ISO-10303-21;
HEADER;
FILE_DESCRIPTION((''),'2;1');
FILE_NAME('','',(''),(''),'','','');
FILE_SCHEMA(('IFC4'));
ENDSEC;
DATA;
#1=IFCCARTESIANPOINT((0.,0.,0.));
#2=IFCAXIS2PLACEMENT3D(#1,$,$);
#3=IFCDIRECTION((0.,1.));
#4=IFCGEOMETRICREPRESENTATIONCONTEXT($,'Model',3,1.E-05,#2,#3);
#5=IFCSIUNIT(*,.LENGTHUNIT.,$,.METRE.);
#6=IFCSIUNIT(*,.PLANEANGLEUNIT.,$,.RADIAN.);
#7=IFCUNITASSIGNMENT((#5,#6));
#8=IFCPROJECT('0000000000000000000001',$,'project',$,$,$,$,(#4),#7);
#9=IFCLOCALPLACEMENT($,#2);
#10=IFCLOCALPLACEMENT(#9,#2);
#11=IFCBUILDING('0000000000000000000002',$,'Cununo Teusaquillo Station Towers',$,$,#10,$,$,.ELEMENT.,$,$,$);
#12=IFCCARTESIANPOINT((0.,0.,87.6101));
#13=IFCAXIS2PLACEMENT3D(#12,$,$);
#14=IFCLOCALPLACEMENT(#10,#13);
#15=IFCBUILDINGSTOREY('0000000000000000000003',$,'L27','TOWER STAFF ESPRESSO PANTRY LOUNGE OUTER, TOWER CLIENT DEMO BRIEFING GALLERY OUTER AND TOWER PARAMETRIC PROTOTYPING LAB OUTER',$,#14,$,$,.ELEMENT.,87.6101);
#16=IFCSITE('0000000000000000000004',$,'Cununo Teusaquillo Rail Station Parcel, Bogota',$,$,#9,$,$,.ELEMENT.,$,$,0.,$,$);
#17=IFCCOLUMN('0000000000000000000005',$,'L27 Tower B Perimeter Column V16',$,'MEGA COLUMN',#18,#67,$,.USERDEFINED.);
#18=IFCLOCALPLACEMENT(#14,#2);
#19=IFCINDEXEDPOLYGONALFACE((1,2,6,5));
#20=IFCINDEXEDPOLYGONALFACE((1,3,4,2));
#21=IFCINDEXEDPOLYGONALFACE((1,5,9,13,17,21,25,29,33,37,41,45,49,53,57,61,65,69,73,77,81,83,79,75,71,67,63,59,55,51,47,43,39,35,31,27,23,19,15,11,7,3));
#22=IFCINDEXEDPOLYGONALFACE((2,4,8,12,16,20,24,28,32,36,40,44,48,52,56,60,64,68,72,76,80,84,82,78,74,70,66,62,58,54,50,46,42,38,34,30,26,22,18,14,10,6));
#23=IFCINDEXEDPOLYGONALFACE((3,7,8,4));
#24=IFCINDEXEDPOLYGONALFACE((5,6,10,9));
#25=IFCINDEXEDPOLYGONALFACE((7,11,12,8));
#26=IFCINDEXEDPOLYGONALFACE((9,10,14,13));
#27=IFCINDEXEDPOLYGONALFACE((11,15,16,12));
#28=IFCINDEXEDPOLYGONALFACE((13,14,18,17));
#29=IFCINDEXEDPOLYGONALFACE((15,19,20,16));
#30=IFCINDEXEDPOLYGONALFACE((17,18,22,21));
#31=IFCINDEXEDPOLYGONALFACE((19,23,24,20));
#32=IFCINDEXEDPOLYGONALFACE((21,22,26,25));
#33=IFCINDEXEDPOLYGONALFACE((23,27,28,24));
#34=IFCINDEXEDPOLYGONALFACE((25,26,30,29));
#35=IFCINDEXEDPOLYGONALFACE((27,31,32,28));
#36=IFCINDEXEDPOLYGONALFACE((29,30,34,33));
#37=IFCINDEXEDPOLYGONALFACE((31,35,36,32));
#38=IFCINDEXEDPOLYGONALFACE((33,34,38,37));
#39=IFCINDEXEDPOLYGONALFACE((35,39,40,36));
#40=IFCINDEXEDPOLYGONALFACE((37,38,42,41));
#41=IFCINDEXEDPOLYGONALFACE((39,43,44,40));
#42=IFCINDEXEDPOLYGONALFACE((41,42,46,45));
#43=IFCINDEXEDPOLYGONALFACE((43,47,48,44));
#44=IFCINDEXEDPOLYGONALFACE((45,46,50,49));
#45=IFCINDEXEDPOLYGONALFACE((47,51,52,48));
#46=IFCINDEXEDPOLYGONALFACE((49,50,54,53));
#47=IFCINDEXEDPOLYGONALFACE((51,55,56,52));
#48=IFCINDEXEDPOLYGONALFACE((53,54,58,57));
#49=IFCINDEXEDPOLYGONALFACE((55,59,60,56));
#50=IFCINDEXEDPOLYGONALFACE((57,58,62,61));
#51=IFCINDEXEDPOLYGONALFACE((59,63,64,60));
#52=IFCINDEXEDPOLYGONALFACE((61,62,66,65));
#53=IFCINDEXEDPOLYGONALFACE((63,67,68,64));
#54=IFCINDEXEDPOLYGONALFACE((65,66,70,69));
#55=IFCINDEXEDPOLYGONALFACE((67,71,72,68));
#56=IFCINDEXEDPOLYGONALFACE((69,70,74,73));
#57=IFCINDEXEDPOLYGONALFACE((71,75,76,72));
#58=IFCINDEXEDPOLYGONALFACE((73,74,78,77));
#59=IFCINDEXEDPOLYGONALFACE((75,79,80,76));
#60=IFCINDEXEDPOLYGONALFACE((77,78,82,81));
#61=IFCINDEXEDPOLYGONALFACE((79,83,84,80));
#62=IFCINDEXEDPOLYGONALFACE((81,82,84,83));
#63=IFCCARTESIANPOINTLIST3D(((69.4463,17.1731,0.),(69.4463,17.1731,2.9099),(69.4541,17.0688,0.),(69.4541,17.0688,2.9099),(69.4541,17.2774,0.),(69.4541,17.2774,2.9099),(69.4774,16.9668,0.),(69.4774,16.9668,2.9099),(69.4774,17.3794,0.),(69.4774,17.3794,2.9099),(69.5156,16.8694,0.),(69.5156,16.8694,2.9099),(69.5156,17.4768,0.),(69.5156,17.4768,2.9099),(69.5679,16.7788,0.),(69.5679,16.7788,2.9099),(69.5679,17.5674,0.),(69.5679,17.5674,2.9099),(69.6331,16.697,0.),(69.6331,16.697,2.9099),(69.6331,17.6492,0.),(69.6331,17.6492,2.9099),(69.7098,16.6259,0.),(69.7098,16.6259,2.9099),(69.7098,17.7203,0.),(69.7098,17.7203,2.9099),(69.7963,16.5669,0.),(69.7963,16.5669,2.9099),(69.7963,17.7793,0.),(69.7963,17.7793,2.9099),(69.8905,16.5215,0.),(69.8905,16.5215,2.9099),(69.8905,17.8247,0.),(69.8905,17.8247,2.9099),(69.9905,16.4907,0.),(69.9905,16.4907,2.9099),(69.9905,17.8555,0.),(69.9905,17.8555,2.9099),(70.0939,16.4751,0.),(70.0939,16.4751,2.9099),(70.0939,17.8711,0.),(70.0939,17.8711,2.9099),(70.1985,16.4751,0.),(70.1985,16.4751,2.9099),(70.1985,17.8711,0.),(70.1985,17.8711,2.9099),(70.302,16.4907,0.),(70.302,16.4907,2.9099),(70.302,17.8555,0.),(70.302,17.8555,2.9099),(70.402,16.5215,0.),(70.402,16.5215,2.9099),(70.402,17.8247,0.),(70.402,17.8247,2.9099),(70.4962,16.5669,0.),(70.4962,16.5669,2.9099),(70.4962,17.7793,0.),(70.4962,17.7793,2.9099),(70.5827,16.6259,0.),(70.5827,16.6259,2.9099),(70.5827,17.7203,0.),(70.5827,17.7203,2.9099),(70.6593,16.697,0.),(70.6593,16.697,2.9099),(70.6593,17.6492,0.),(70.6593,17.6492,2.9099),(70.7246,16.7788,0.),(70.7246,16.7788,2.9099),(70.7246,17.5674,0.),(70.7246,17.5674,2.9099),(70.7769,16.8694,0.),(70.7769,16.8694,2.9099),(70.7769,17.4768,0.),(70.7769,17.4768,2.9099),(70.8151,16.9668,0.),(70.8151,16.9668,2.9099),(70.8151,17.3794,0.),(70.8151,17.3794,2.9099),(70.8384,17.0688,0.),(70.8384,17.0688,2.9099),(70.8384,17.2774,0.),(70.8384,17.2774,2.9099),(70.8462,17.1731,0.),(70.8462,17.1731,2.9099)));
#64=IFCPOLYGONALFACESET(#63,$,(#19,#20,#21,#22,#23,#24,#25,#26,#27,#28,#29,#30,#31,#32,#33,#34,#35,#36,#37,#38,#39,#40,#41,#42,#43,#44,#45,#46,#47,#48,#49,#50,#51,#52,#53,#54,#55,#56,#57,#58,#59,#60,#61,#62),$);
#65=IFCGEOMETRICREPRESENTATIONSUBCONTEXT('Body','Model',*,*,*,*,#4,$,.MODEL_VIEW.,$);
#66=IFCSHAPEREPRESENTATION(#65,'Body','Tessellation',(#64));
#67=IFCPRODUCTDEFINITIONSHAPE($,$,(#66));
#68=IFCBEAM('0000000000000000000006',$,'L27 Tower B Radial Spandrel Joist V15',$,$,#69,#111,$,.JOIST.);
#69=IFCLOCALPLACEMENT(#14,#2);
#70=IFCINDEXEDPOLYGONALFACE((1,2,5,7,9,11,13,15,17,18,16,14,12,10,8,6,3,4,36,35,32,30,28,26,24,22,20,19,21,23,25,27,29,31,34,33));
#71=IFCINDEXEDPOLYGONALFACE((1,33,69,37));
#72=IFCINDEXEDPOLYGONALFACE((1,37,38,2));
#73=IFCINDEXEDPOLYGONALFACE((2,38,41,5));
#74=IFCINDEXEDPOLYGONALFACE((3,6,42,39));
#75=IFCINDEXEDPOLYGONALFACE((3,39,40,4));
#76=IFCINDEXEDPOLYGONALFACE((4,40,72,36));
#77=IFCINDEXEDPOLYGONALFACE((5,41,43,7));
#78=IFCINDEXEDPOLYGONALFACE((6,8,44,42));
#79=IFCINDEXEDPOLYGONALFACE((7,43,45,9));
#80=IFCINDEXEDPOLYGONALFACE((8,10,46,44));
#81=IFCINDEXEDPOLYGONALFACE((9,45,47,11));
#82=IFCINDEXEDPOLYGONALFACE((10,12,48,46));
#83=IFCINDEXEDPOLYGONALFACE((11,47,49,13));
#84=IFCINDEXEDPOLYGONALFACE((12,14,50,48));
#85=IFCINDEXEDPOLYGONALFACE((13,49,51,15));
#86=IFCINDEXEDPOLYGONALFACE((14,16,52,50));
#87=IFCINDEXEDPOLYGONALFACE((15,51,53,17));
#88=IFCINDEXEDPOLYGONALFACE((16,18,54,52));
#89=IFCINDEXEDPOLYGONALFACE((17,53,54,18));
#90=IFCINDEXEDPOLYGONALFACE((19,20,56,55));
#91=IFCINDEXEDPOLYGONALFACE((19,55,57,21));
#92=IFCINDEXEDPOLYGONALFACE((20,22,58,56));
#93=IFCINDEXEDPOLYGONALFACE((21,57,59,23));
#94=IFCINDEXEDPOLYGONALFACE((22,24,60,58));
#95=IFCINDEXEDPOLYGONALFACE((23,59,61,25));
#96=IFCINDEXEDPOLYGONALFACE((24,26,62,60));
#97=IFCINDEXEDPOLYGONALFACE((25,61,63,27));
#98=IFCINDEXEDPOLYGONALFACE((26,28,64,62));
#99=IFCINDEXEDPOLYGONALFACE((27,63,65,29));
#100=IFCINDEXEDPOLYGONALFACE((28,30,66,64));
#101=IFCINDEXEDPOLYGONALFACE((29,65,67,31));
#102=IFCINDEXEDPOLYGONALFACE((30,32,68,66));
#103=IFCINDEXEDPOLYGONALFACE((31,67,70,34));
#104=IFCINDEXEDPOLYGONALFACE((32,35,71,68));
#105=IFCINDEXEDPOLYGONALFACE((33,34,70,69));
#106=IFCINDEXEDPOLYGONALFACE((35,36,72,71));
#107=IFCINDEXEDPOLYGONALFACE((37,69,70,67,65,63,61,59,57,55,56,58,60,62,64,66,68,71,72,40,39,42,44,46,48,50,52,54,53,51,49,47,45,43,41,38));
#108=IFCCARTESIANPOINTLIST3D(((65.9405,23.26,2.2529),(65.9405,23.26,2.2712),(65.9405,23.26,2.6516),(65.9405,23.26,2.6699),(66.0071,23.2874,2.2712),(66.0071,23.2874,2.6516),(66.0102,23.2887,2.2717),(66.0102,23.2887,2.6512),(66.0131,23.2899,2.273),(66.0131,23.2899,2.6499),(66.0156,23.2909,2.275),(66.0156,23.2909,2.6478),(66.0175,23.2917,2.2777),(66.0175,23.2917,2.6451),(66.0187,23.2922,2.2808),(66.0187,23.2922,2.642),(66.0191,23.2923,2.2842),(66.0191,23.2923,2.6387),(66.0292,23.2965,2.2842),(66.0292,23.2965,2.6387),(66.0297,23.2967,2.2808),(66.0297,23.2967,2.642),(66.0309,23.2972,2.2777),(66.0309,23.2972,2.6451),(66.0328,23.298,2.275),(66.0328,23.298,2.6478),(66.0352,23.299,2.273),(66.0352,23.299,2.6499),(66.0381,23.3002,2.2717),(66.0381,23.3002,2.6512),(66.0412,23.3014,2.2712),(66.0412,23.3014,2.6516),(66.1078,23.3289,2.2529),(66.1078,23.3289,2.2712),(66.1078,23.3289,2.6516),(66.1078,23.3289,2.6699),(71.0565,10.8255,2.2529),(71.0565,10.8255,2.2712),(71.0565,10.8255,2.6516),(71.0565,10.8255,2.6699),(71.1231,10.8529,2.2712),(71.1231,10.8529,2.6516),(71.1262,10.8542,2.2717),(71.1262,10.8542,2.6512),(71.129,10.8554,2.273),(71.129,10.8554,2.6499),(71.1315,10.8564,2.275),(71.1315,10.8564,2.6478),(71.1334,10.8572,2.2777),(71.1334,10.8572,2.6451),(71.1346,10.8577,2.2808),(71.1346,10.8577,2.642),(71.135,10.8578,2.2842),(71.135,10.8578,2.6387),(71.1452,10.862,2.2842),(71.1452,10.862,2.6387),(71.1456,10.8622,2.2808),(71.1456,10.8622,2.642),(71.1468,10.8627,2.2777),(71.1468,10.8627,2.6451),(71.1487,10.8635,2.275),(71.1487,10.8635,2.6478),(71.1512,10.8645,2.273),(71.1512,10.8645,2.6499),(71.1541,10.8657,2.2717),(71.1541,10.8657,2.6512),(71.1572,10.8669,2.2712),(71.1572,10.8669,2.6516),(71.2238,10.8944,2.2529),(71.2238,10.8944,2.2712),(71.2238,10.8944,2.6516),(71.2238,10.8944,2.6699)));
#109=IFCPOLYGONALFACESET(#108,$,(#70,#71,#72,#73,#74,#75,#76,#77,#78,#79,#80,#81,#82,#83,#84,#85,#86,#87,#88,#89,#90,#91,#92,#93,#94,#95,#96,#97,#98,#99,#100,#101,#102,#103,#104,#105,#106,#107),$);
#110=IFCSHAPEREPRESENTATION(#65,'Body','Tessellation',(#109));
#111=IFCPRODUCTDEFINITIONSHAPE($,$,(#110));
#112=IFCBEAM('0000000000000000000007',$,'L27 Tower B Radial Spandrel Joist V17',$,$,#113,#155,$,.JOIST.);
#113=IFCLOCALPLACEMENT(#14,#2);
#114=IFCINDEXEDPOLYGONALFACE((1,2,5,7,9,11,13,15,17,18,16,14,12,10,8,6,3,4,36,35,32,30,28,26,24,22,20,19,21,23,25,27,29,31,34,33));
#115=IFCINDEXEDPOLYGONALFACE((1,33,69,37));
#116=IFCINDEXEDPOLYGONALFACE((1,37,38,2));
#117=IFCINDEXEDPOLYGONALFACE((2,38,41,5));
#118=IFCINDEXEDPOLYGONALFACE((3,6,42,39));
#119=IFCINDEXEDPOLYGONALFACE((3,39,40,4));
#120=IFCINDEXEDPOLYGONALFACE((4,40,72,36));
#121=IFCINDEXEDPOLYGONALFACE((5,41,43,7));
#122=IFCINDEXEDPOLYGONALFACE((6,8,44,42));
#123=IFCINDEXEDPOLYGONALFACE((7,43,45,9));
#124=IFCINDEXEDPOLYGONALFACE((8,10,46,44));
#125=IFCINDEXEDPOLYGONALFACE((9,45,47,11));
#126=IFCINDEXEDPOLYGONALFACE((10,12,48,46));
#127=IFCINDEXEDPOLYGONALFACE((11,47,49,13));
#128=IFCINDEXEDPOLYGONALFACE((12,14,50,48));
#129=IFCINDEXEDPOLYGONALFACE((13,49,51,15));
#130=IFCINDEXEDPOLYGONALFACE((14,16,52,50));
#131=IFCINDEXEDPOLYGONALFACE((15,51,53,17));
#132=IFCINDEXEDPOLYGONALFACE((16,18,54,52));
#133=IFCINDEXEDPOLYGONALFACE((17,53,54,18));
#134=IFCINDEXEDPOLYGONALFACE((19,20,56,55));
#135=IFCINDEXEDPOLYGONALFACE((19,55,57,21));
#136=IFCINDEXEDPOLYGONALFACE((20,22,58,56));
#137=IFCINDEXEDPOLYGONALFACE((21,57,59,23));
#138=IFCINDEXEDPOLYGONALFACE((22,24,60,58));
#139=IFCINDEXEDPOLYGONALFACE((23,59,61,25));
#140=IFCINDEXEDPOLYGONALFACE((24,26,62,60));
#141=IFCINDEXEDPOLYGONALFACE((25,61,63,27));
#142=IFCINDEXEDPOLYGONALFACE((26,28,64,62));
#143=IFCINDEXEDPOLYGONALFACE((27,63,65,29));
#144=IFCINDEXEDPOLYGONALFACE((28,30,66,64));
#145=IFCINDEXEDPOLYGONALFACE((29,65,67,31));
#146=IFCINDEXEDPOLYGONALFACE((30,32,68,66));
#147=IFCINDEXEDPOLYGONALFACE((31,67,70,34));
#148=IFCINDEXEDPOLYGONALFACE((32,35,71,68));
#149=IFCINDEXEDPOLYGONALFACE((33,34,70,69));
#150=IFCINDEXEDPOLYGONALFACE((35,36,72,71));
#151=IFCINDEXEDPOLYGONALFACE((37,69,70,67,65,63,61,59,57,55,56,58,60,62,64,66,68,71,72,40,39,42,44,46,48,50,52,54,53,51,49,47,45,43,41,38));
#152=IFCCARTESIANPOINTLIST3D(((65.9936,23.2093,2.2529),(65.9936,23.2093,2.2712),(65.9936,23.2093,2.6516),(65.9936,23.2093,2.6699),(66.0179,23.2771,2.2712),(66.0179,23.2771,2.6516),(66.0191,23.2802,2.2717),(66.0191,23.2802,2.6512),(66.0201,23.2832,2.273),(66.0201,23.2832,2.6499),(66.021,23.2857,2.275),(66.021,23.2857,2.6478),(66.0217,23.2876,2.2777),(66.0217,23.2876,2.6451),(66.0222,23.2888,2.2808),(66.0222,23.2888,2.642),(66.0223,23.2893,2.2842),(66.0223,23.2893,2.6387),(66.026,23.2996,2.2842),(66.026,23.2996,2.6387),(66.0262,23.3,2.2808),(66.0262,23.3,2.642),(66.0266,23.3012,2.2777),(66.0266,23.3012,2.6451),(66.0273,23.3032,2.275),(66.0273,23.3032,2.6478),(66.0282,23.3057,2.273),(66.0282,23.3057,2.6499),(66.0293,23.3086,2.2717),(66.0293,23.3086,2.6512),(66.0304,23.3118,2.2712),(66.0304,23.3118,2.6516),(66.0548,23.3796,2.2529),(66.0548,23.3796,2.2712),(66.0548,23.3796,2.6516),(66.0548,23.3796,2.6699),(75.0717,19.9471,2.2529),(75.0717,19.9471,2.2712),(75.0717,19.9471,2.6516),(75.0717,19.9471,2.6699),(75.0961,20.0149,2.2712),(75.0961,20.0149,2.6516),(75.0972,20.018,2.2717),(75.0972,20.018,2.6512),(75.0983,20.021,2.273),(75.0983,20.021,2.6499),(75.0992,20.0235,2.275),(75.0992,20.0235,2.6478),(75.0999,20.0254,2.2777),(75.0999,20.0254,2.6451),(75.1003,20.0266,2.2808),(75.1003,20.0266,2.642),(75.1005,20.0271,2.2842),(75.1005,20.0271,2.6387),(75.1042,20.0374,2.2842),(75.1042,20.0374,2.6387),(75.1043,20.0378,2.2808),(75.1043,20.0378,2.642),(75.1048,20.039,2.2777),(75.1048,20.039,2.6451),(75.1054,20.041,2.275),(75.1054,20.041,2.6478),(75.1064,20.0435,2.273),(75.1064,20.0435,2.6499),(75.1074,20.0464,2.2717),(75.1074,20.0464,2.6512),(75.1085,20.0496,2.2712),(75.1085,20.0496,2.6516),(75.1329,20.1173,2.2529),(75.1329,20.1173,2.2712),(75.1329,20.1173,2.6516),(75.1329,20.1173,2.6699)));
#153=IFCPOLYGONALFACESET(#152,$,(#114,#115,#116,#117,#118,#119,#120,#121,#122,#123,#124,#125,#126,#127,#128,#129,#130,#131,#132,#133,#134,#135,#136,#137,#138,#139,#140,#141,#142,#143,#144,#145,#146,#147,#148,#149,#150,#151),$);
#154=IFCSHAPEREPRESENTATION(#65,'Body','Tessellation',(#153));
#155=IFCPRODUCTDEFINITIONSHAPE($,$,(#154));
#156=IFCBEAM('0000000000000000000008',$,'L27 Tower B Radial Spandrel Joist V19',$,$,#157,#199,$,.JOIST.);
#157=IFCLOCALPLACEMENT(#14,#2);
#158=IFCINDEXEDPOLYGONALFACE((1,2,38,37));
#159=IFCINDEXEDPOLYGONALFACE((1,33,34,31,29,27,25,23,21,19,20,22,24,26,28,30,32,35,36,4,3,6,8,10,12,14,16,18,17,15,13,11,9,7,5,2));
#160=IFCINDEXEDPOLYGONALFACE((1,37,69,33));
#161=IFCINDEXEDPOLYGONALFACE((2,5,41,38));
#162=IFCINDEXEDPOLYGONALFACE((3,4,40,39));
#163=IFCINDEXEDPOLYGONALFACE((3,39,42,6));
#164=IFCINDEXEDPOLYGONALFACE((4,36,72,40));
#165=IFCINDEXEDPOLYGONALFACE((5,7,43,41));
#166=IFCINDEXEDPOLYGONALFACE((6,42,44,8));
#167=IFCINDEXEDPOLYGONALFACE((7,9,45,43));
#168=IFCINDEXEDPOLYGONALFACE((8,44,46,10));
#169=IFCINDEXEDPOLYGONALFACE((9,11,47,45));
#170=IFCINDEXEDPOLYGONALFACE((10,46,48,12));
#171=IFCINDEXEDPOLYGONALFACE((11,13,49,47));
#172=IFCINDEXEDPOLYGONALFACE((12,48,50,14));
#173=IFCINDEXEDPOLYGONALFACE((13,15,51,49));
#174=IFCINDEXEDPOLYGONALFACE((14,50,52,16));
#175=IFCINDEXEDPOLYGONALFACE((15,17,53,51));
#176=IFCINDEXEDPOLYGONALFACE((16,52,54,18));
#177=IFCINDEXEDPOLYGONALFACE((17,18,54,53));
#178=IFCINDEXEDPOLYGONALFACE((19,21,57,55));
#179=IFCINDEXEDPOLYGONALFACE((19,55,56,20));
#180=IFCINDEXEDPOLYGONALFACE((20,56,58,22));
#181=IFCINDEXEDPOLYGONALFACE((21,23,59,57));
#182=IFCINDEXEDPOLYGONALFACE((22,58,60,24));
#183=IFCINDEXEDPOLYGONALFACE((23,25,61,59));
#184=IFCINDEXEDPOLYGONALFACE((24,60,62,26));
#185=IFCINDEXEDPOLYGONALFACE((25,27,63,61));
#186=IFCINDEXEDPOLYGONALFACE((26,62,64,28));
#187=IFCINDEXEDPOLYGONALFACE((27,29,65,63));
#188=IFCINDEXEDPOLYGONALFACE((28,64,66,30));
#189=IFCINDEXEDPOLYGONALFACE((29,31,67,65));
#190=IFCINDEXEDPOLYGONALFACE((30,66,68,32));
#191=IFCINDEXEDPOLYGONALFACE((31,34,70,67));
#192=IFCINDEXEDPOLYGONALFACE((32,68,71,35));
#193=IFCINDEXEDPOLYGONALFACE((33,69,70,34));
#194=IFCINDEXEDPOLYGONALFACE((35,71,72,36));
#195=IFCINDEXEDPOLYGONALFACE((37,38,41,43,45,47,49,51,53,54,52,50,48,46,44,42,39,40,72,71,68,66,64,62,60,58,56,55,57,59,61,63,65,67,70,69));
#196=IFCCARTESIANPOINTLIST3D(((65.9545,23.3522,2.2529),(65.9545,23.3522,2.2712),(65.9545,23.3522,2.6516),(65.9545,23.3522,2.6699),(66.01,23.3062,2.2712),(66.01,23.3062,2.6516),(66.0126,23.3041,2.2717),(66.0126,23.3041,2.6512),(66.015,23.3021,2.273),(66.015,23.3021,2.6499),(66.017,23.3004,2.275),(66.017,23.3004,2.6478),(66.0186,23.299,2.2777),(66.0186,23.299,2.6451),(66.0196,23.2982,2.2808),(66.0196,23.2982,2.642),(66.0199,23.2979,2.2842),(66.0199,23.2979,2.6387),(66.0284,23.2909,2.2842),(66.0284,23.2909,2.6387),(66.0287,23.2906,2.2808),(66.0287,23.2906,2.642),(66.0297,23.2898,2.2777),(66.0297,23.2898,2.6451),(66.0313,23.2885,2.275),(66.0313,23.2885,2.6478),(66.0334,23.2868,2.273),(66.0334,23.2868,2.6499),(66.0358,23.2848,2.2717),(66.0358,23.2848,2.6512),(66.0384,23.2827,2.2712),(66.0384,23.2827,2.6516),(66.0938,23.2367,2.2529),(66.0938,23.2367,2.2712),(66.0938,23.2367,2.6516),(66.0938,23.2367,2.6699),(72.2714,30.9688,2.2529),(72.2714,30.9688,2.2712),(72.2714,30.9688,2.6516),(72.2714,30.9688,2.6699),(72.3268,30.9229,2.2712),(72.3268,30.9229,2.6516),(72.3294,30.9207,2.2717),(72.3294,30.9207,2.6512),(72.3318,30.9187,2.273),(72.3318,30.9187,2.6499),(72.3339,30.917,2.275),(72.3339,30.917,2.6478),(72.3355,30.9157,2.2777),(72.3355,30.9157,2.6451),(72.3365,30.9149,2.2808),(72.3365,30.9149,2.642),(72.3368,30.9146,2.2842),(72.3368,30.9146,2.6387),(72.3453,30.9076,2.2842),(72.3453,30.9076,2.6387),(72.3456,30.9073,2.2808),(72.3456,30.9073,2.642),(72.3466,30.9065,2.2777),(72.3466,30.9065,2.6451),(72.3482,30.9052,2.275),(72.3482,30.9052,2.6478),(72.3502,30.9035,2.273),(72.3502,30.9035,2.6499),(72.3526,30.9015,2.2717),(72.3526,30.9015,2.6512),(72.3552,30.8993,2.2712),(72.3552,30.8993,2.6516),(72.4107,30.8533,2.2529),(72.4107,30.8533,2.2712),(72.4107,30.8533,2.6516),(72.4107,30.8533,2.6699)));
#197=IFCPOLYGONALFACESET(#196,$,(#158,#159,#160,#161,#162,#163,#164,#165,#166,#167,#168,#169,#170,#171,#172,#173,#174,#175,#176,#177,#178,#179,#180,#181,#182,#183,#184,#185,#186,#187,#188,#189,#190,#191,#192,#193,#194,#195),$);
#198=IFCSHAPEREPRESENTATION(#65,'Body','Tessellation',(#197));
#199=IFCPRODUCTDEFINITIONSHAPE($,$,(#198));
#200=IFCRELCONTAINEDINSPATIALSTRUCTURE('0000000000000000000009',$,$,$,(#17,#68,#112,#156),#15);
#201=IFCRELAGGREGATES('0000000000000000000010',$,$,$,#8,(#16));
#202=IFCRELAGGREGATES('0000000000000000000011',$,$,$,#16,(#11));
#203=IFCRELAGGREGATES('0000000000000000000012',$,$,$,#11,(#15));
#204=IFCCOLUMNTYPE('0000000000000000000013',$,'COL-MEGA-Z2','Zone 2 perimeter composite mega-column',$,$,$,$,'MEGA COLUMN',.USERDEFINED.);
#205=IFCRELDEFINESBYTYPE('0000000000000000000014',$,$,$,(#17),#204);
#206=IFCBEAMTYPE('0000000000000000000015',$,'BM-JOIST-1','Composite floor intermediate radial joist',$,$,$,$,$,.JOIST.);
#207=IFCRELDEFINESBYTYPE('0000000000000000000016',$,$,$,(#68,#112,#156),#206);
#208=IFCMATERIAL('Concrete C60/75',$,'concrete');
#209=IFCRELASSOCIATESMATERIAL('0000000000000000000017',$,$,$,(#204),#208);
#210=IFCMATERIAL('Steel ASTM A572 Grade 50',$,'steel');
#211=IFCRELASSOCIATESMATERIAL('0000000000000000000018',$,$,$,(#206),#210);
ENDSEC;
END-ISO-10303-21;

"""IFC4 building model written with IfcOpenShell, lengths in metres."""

from ifc_helpers import new_model, si_unit, direction, frame, origin, origin_2d, place, context, subcontext, project, spatial, circle, i_section, extrude, material, material_profile, profile_set, type_object, element, save


model = new_model("IFC4")

# Units and contexts
model_context = context("Model", 3, precision=1e-05, world=origin(), true_north=direction((0.0, 1.0)))
body_context = subcontext(model_context, "Body", "Model", "MODEL_VIEW")
ifc_project = project(units=[si_unit("LENGTHUNIT", "METRE"), si_unit("PLANEANGLEUNIT", "RADIAN")], contexts=[model_context])

# Site, building, storey
site_placement = place(None, origin())
site = spatial("IfcSite", under=ifc_project, at=site_placement, Name="Cununo Teusaquillo Rail Station Parcel, Bogota", CompositionType="ELEMENT", RefElevation=0.0)
building_placement = place(site_placement, origin())
building = spatial("IfcBuilding", under=site, at=building_placement, Name="Cununo Teusaquillo Station Towers", CompositionType="ELEMENT")
storey_placement = place(building_placement, frame((0.0, 0.0, 87.6101)))
storey = spatial("IfcBuildingStorey", under=building, at=storey_placement, Name="L27", Description="TOWER STAFF ESPRESSO PANTRY LOUNGE OUTER, TOWER CLIENT DEMO BRIEFING GALLERY OUTER AND TOWER PARAMETRIC PROTOTYPING LAB OUTER", CompositionType="ELEMENT", Elevation=87.6101)

# Column
ifc_material_1 = material(Name="Concrete C60/75", Category="concrete")
ifc_material_profile_1 = material_profile(ifc_material_1, circle(Radius=0.7, at=origin_2d()), Name="RC-CIRC-1400")
ifc_profile_set_1 = profile_set([ifc_material_profile_1], Name="Concrete C60/75")
column_type = type_object("IfcColumnType", Name="COL-MEGA-Z2", Description="Zone 2 perimeter composite mega-column", ElementType="MEGA COLUMN", PredefinedType="USERDEFINED", material=ifc_profile_set_1)
column_placement = place(storey_placement, frame((70.1462, 17.1731, 0.0), z_axis=(0.0, 0.0, 1.0), x_axis=(1.0, 0.0, 0.0)))
element("IfcColumn", 1, at=column_placement, inside=storey, type_object=column_type, Name="L27 Tower B Perimeter Column V16", ObjectType="MEGA COLUMN", PredefinedType="USERDEFINED", context=body_context, shape_type="SweptSolid", body=[
    extrude(circle(Radius=0.7, at=origin_2d()), origin(), (0.0, 0.0, 1.0), 2.9099),
])

# Beams
ifc_material_2 = material(Name="Steel ASTM A572 Grade 50", Category="steel")
ifc_material_profile_2 = material_profile(ifc_material_2, i_section(OverallWidth=0.1809, OverallDepth=0.417, WebThickness=0.011, FlangeThickness=0.0183, FilletRadius=0.0129, at=origin_2d()), Name="W16X57")
ifc_profile_set_2 = profile_set([ifc_material_profile_2], Name="Steel ASTM A572 Grade 50")
beam_type_1 = type_object("IfcBeamType", Name="BM-JOIST-1", Description="Composite floor intermediate radial joist", PredefinedType="JOIST", material=ifc_profile_set_2)
beam_1_placement = place(storey_placement, frame((66.0242, 23.2944, 2.4614), z_axis=(0.380486, -0.924787, 0.0), x_axis=(0.924787, 0.380486, 0.0)))
element("IfcBeam", 2, at=beam_1_placement, inside=storey, type_object=beam_type_1, Name="L27 Tower B Radial Spandrel Joist V15", PredefinedType="JOIST", context=body_context, shape_type="SweptSolid", body=[
    extrude(i_section(OverallWidth=0.1809, OverallDepth=0.417, WebThickness=0.011, FlangeThickness=0.0183, FilletRadius=0.0129, at=origin_2d()), origin(), (0.0, 0.0, 1.0), 13.4458),
])
beam_2_placement = place(storey_placement, frame((66.0242, 23.2944, 2.4614), z_axis=(0.941083, -0.338176, 0.0), x_axis=(0.338176, 0.941083, 0.0)))
element("IfcBeam", 3, at=beam_2_placement, inside=storey, type_object=beam_type_1, Name="L27 Tower B Radial Spandrel Joist V17", PredefinedType="JOIST", context=body_context, shape_type="SweptSolid", body=[
    extrude(i_section(OverallWidth=0.1809, OverallDepth=0.417, WebThickness=0.011, FlangeThickness=0.0183, FilletRadius=0.0129, at=origin_2d()), origin(), (0.0, 0.0, 1.0), 9.6465),
])
beam_3_placement = place(storey_placement, frame((66.0242, 23.2944, 2.4614), z_axis=(0.638372, 0.769728, 0.0), x_axis=(-0.769728, 0.638372, 0.0)))
element("IfcBeam", 4, at=beam_3_placement, inside=storey, type_object=beam_type_1, Name="L27 Tower B Radial Spandrel Joist V19", PredefinedType="JOIST", context=body_context, shape_type="SweptSolid", body=[
    extrude(i_section(OverallWidth=0.1809, OverallDepth=0.417, WebThickness=0.011, FlangeThickness=0.0183, FilletRadius=0.0129, at=origin_2d()), origin(), (0.0, 0.0, 1.0), 9.8953),
])

save(model, "model.ifc")
